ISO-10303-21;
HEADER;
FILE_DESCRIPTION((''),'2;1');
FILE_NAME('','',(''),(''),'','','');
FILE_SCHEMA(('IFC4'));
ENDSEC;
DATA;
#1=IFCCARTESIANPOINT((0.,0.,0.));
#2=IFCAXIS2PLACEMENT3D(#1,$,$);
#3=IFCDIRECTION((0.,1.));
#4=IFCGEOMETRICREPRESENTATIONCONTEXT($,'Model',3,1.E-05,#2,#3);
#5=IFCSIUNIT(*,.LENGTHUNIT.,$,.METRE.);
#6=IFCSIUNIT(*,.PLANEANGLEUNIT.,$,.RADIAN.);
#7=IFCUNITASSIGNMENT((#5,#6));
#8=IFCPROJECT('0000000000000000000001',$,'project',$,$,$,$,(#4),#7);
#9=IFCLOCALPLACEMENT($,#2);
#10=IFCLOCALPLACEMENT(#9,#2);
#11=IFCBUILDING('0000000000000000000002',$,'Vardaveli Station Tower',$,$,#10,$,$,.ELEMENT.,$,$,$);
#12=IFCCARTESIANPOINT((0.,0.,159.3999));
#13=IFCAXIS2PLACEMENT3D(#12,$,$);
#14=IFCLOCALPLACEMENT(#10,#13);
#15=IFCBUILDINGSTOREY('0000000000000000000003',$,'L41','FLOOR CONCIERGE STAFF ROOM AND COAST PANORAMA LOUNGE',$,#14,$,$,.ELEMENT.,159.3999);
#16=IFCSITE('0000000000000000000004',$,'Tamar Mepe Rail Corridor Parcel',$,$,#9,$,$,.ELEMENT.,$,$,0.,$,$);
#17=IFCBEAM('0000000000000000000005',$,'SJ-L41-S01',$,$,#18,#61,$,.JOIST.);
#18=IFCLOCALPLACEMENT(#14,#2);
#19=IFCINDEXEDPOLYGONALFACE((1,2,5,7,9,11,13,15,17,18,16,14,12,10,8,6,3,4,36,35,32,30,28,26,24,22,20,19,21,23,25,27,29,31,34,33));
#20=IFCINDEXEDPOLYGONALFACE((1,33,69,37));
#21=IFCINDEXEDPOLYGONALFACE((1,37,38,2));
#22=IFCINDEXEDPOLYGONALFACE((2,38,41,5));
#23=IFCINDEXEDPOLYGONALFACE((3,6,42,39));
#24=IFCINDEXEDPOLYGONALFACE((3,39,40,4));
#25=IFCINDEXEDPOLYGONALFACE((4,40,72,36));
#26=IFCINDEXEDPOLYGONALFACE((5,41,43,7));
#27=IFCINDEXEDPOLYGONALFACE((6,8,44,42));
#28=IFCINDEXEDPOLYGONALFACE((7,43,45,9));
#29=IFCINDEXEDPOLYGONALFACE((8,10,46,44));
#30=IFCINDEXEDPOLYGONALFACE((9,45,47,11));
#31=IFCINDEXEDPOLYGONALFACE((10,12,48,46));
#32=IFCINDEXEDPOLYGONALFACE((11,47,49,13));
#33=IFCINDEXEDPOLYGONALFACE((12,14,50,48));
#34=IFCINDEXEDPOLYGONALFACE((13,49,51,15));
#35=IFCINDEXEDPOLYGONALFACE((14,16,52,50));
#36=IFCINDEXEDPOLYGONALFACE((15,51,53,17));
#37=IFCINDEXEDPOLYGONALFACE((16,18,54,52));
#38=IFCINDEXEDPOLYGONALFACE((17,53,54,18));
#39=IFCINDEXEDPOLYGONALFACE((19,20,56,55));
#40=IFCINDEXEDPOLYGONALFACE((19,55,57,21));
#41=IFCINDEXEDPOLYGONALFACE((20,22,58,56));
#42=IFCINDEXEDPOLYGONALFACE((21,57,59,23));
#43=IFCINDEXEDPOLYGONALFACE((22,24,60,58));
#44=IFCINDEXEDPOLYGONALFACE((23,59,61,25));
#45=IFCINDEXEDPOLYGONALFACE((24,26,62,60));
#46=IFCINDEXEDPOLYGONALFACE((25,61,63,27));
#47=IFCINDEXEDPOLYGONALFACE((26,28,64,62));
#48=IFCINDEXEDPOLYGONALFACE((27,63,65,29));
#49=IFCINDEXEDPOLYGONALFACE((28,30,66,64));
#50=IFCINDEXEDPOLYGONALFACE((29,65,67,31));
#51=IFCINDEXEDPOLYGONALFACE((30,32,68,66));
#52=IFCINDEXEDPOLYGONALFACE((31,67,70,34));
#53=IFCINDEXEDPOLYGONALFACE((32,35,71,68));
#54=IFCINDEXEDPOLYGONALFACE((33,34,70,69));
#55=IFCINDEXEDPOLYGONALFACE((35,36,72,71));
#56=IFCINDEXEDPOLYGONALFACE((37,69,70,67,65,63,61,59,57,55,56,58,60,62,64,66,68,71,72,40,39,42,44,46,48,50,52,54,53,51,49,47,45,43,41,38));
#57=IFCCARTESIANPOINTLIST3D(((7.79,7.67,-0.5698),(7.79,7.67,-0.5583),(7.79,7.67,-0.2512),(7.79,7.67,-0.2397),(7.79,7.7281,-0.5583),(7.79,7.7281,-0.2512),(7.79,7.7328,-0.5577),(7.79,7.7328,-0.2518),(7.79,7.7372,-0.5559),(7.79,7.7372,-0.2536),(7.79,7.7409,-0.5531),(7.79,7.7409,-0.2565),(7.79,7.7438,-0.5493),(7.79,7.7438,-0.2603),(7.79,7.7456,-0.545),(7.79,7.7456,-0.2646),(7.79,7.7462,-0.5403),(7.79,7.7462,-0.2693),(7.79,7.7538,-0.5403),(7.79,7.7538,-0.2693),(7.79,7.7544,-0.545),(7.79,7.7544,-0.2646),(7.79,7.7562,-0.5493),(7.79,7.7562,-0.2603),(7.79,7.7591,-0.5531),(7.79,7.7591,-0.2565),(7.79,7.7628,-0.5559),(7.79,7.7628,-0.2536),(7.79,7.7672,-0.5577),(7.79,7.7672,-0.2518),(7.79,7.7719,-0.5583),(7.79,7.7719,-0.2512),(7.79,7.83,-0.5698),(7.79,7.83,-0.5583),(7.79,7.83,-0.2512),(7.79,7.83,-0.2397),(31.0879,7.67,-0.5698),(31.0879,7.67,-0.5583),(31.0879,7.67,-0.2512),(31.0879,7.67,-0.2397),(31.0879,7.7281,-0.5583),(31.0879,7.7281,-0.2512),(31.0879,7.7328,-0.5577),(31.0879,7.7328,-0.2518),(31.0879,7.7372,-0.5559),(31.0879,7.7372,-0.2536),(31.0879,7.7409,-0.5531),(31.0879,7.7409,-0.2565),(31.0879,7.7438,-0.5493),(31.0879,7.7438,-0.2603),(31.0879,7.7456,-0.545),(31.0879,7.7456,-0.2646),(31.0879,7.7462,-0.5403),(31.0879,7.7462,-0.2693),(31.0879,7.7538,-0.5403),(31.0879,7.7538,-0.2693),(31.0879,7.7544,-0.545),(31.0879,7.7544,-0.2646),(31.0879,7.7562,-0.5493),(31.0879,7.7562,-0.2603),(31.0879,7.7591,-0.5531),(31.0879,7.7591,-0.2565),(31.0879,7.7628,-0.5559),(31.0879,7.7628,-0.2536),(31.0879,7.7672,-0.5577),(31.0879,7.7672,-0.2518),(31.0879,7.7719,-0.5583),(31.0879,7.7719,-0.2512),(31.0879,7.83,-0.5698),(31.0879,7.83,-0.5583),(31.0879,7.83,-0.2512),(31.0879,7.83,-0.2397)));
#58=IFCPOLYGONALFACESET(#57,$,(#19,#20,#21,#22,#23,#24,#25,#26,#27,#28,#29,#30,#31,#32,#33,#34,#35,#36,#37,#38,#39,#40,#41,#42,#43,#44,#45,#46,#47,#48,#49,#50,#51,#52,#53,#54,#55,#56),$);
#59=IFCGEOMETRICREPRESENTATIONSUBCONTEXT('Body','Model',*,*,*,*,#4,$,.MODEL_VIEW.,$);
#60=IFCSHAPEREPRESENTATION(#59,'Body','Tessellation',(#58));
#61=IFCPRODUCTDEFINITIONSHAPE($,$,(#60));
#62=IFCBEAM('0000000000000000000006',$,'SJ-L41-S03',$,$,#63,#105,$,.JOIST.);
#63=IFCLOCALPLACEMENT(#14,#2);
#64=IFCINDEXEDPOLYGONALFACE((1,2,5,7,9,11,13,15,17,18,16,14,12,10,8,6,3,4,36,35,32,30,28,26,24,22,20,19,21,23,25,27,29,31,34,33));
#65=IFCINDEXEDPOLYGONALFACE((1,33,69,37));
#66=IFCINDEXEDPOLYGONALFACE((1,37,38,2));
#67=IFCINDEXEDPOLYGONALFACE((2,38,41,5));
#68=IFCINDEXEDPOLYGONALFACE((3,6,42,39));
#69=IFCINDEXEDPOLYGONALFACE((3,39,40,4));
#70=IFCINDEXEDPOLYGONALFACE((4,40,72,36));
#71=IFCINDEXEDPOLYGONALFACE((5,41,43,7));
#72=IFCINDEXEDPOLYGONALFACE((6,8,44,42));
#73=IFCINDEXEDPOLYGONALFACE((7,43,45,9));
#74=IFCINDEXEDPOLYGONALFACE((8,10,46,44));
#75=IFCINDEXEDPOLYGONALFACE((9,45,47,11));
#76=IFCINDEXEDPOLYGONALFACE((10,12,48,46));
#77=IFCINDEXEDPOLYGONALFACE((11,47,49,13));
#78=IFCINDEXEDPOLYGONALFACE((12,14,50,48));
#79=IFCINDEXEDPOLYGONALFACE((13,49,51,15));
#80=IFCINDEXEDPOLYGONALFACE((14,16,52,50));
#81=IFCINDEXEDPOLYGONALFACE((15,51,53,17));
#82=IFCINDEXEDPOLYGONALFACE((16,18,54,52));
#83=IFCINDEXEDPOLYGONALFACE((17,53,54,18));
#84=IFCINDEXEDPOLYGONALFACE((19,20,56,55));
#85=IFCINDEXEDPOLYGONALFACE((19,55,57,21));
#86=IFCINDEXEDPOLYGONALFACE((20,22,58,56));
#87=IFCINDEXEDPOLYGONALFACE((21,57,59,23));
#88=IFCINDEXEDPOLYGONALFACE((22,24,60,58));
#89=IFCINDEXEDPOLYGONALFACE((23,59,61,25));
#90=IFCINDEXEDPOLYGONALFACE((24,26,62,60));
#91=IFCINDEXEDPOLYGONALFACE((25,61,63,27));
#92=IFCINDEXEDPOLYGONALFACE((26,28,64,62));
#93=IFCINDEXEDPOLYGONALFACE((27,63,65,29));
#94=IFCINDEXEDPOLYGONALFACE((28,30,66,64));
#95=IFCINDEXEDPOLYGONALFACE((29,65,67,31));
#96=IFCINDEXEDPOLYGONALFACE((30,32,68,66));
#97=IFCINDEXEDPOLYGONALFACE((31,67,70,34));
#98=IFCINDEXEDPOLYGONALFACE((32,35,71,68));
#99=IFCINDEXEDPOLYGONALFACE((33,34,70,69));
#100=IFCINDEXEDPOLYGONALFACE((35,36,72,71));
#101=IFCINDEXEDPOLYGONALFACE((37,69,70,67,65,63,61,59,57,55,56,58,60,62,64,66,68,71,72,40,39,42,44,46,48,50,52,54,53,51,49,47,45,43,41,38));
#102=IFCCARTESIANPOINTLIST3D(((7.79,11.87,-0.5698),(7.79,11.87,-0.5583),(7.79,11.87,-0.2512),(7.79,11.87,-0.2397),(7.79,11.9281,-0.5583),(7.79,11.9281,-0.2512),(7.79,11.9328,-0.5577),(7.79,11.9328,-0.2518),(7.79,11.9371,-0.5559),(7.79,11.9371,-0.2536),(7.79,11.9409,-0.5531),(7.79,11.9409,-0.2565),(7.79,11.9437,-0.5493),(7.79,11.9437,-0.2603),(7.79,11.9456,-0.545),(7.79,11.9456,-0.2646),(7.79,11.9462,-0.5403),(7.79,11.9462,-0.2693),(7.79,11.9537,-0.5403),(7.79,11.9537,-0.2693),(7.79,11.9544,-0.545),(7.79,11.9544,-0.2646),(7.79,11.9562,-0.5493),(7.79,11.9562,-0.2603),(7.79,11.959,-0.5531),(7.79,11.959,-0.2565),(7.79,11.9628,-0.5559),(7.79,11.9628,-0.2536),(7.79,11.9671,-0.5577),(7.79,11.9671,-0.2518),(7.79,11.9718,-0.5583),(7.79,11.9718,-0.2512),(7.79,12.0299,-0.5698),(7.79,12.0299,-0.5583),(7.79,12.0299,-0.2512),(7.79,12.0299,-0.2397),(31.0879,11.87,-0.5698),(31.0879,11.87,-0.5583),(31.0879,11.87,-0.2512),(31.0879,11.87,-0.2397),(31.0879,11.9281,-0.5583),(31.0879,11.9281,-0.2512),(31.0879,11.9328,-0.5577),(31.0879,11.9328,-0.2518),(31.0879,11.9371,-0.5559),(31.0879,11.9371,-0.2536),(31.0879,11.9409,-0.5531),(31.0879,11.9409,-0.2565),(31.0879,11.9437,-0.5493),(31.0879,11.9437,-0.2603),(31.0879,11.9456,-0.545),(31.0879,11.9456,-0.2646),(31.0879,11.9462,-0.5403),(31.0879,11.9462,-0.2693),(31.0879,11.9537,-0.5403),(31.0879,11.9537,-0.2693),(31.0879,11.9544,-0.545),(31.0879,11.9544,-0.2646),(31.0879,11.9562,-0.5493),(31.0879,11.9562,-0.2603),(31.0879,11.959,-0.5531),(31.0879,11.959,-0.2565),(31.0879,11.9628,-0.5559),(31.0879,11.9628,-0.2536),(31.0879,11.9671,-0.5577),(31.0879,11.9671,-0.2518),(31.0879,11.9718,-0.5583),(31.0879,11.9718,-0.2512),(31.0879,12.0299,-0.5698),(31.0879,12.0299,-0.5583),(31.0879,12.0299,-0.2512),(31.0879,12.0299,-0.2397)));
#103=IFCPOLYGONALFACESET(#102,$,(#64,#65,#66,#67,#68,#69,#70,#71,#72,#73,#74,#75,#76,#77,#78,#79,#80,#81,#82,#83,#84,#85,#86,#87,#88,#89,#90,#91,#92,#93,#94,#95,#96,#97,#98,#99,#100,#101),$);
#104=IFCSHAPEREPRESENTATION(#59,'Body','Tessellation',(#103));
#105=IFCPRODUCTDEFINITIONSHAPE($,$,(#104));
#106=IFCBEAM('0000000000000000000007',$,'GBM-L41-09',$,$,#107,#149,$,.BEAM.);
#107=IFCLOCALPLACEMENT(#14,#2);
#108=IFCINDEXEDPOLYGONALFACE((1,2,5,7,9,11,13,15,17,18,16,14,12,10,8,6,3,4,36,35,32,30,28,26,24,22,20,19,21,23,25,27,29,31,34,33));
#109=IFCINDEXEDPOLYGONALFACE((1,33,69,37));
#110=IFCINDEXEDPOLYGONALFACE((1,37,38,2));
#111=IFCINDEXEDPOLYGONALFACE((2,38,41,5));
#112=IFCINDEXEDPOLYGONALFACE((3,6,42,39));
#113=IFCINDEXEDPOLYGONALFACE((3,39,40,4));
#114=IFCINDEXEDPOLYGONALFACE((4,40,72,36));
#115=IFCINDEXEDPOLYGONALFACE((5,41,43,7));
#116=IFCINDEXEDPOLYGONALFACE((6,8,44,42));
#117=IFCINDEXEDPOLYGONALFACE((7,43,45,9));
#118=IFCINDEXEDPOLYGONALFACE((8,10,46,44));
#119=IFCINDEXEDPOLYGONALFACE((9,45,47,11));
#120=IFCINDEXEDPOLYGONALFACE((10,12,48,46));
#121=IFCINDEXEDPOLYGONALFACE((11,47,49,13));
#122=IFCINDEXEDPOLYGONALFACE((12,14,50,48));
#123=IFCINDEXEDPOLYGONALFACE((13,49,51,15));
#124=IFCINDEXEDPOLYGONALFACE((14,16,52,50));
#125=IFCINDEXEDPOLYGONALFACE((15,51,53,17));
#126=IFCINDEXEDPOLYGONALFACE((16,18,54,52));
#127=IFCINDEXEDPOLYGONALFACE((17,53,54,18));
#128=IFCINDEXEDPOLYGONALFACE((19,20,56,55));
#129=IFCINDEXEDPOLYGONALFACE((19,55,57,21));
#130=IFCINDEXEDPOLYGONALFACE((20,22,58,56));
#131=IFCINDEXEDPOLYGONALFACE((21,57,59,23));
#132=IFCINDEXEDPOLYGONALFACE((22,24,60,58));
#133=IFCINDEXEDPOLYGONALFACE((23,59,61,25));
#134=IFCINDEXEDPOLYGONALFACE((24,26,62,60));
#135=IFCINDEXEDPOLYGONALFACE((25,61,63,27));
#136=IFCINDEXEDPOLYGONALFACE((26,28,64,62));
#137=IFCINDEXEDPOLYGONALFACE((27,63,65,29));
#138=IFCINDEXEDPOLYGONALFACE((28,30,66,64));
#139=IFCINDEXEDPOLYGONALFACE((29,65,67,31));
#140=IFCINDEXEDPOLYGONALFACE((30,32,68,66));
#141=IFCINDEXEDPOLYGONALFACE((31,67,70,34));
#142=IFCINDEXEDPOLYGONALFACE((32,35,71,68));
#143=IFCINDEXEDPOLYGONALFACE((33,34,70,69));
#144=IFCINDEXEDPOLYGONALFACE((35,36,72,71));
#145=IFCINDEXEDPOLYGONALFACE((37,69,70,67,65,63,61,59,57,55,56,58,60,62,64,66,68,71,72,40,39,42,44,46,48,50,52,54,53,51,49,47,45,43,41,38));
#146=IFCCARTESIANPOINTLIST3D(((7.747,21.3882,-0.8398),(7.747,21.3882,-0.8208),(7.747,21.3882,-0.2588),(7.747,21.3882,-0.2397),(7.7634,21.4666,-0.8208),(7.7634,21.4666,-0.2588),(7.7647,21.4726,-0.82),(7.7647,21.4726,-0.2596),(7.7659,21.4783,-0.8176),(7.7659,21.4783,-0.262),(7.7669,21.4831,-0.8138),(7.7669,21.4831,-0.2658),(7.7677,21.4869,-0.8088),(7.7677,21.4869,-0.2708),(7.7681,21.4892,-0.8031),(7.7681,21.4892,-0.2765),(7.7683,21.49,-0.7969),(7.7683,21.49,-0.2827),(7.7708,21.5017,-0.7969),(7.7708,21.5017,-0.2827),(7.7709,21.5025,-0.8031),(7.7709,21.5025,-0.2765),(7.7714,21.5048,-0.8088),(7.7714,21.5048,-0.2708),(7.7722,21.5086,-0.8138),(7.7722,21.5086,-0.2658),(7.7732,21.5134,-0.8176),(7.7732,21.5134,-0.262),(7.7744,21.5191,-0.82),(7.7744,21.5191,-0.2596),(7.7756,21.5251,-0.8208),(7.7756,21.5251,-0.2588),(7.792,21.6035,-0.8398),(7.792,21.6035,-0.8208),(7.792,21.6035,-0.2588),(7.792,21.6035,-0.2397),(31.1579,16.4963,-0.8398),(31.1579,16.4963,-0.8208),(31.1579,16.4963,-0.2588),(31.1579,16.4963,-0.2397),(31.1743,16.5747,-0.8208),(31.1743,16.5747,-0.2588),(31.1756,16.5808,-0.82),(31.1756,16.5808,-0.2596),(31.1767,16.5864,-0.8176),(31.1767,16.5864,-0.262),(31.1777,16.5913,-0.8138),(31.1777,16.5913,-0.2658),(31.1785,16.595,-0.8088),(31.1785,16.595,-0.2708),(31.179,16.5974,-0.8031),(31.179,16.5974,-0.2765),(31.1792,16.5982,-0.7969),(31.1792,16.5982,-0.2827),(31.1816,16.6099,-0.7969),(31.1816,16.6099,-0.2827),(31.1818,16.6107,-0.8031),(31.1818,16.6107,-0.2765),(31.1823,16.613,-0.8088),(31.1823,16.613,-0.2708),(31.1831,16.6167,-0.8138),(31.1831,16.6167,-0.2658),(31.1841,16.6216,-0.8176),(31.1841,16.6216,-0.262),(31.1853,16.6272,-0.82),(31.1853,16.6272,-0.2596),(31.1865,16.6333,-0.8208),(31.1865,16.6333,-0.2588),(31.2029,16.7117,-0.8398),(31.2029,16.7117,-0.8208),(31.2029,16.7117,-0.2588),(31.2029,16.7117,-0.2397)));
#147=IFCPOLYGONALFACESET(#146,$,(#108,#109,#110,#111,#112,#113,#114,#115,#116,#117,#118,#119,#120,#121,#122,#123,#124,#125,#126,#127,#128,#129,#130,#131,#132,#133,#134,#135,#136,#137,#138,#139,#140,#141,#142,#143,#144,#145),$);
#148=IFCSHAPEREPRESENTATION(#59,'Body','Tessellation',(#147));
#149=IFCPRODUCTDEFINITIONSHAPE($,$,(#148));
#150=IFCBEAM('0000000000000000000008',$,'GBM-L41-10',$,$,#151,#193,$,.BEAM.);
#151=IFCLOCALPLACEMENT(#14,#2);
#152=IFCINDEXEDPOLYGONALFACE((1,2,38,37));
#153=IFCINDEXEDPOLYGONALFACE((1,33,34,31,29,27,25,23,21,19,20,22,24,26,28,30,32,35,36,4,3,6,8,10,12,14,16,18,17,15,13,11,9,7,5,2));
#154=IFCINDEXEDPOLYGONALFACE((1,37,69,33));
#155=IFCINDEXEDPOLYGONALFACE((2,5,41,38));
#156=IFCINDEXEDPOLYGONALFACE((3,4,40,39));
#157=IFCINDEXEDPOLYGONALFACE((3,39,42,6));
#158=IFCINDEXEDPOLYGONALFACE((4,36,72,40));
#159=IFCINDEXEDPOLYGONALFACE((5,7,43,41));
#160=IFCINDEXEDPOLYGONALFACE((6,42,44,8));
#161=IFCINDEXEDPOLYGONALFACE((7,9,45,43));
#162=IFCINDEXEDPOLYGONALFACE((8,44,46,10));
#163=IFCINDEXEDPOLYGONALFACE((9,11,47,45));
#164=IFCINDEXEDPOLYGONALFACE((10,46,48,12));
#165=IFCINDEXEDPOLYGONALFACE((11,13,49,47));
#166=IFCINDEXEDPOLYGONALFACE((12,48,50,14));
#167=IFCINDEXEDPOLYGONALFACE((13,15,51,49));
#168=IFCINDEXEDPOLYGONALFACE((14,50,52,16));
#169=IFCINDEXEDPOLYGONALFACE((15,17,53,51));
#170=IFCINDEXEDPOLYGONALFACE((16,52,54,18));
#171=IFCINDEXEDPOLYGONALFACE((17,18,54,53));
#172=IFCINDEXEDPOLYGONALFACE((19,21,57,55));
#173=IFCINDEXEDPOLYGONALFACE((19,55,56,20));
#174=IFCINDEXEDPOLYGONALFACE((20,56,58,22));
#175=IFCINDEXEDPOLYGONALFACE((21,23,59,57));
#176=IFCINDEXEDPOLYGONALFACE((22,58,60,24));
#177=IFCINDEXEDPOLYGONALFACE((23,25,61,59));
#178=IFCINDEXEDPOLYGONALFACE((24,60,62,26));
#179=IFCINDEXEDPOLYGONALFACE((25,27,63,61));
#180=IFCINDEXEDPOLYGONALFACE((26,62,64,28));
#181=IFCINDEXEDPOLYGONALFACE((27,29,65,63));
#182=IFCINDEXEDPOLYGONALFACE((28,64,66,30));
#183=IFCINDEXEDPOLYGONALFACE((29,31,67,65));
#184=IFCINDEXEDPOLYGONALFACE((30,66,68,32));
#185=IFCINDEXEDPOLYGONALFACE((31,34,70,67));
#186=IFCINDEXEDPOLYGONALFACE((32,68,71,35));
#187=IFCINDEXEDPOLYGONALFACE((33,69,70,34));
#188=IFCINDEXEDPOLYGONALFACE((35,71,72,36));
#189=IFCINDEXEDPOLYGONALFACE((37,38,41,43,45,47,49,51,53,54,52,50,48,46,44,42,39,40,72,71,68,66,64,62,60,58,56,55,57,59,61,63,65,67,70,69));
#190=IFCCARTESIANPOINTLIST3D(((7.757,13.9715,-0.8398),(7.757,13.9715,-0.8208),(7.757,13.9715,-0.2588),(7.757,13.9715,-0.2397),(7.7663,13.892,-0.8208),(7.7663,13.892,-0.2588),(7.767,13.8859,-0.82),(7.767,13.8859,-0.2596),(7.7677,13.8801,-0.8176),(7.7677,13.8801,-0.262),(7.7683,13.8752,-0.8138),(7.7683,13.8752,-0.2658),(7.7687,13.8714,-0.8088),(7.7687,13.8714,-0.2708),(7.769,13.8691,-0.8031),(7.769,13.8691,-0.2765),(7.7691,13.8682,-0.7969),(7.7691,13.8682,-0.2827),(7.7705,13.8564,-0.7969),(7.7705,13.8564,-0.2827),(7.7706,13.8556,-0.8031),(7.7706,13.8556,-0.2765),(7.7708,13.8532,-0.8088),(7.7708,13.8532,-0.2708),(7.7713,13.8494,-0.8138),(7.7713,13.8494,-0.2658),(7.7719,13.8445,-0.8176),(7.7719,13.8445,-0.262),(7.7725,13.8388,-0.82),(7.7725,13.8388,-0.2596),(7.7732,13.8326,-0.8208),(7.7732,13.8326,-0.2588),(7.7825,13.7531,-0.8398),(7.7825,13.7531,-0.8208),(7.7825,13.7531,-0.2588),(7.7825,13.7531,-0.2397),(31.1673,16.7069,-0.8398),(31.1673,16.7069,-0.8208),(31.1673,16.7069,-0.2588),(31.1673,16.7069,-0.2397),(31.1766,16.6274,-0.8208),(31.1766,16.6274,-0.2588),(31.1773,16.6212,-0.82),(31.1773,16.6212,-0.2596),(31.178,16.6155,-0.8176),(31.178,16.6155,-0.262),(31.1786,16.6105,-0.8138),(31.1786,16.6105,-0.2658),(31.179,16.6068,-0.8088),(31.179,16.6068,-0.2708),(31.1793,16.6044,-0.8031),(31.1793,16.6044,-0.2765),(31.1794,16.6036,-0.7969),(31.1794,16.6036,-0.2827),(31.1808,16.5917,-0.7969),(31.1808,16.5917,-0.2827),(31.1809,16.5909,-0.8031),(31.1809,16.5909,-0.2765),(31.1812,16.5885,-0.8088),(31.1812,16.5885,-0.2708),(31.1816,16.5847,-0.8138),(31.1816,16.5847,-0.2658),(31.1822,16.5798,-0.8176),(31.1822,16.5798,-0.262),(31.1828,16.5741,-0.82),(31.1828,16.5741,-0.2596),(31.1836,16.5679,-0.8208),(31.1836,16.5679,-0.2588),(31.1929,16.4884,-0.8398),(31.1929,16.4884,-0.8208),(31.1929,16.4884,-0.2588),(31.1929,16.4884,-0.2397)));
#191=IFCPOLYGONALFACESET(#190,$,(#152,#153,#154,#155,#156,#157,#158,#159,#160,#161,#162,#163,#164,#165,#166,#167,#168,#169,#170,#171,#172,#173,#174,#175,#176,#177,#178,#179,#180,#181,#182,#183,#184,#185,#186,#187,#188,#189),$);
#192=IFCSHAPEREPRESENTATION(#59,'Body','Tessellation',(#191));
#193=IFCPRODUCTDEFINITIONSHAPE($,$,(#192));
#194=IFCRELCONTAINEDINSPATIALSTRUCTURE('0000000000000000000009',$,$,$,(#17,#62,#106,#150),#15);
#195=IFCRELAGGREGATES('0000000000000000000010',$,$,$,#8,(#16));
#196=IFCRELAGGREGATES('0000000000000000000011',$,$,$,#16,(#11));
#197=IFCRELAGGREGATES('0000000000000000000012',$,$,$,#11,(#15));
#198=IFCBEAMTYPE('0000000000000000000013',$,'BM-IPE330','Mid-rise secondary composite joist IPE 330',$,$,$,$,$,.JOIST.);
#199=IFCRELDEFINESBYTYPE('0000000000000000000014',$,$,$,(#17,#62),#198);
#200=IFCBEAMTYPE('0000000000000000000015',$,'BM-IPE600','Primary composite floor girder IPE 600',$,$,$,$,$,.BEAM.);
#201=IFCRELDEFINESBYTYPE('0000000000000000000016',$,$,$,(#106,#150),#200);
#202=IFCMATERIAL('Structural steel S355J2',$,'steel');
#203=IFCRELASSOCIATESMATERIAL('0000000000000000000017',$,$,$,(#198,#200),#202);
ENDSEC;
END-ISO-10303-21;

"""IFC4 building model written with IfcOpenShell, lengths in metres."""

from ifc_helpers import new_model, si_unit, direction, frame, origin, origin_2d, place, context, subcontext, project, spatial, i_section, extrude, source, transform, mapped, material, material_profile, profile_set, type_object, element, save


model = new_model("IFC4")

# Units and contexts
model_context = context("Model", 3, precision=1e-05, world=origin(), true_north=direction((0.0, 1.0)))
body_context = subcontext(model_context, "Body", "Model", "MODEL_VIEW")
ifc_project = project(units=[si_unit("LENGTHUNIT", "METRE"), si_unit("PLANEANGLEUNIT", "RADIAN")], contexts=[model_context])

# Site, building, storey
site_placement = place(None, origin())
site = spatial("IfcSite", under=ifc_project, at=site_placement, Name="Tamar Mepe Rail Corridor Parcel", CompositionType="ELEMENT", RefElevation=0.0)
building_placement = place(site_placement, origin())
building = spatial("IfcBuilding", under=site, at=building_placement, Name="Vardaveli Station Tower", CompositionType="ELEMENT")
storey_placement = place(building_placement, frame((0.0, 0.0, 159.3999)))
storey = spatial("IfcBuildingStorey", under=building, at=storey_placement, Name="L41", Description="FLOOR CONCIERGE STAFF ROOM AND COAST PANORAMA LOUNGE", CompositionType="ELEMENT", Elevation=159.3999)

# Beams
ifc_material_1 = material(Name="Structural steel S355J2", Category="steel")
ifc_material_profile_1 = material_profile(ifc_material_1, i_section(OverallWidth=0.1599, OverallDepth=0.3301, WebThickness=0.0076, FlangeThickness=0.0115, FilletRadius=0.0181, at=origin_2d()), Name="IPE 330")
ifc_profile_set_1 = profile_set([ifc_material_profile_1], Name="Structural steel S355J2")
beam_type_1 = type_object("IfcBeamType", Name="BM-IPE330", Description="Mid-rise secondary composite joist IPE 330", PredefinedType="JOIST", material=ifc_profile_set_1)
shared_shape_1 = source(origin(), body_context, "Body", "SweptSolid", [
    extrude(i_section(OverallWidth=0.1599, OverallDepth=0.3301, WebThickness=0.0076, FlangeThickness=0.0115, FilletRadius=0.0181, at=origin_2d()), origin(), (0.0, 0.0, 1.0), 23.2979),
])
for number, where, z_axis, x_axis, name in (
    (1, (7.79, 7.75, -0.4048), (1.0, 0.0, 0.0), (0.0, 1.0, 0.0), "SJ-L41-S01"),
    (2, (7.79, 11.95, -0.4048), (1.0, 0.0, 0.0), (0.0, 1.0, 0.0), "SJ-L41-S03"),
):
    element("IfcBeam", number, at=place(storey_placement, frame(where, z_axis=z_axis, x_axis=x_axis)), inside=storey, type_object=beam_type_1, Name=name, PredefinedType="JOIST", context=body_context, shape_type="MappedRepresentation", body=[
        mapped(shared_shape_1, transform((0.0, 0.0, 0.0), scale=1.0)),
    ])
ifc_material_profile_2 = material_profile(ifc_material_1, i_section(OverallWidth=0.22, OverallDepth=0.6001, WebThickness=0.012, FlangeThickness=0.019, FilletRadius=0.0239, at=origin_2d()), Name="IPE 600")
ifc_profile_set_2 = profile_set([ifc_material_profile_2], Name="Structural steel S355J2")
beam_type_2 = type_object("IfcBeamType", Name="BM-IPE600", Description="Primary composite floor girder IPE 600", PredefinedType="BEAM", material=ifc_profile_set_2)
shared_shape_2 = source(origin(), body_context, "Body", "SweptSolid", [
    extrude(i_section(OverallWidth=0.22, OverallDepth=0.6001, WebThickness=0.012, FlangeThickness=0.019, FilletRadius=0.0239, at=origin_2d()), origin(), (0.0, 0.0, 1.0), 23.9165),
])
beam_1_placement = place(storey_placement, frame((7.7695, 21.4958, -0.5398), z_axis=(0.978859, -0.204538, 0.0), x_axis=(0.204538, 0.978859, 0.0)))
element("IfcBeam", 3, at=beam_1_placement, inside=storey, type_object=beam_type_2, Name="GBM-L41-09", PredefinedType="BEAM", context=body_context, shape_type="MappedRepresentation", body=[
    mapped(shared_shape_2, transform((0.0, 0.0, 0.0), scale=1.0)),
])
shared_shape_3 = source(origin(), body_context, "Body", "SweptSolid", [
    extrude(i_section(OverallWidth=0.22, OverallDepth=0.6001, WebThickness=0.012, FlangeThickness=0.019, FilletRadius=0.0239, at=origin_2d()), origin(), (0.0, 0.0, 1.0), 23.5696),
])
beam_2_placement = place(storey_placement, frame((7.7698, 13.8623, -0.5398), z_axis=(0.993243, 0.116054, 0.0), x_axis=(-0.116054, 0.993243, 0.0)))
element("IfcBeam", 4, at=beam_2_placement, inside=storey, type_object=beam_type_2, Name="GBM-L41-10", PredefinedType="BEAM", context=body_context, shape_type="MappedRepresentation", body=[
    mapped(shared_shape_3, transform((0.0, 0.0, 0.0), scale=1.0)),
])

save(model, "model.ifc")
